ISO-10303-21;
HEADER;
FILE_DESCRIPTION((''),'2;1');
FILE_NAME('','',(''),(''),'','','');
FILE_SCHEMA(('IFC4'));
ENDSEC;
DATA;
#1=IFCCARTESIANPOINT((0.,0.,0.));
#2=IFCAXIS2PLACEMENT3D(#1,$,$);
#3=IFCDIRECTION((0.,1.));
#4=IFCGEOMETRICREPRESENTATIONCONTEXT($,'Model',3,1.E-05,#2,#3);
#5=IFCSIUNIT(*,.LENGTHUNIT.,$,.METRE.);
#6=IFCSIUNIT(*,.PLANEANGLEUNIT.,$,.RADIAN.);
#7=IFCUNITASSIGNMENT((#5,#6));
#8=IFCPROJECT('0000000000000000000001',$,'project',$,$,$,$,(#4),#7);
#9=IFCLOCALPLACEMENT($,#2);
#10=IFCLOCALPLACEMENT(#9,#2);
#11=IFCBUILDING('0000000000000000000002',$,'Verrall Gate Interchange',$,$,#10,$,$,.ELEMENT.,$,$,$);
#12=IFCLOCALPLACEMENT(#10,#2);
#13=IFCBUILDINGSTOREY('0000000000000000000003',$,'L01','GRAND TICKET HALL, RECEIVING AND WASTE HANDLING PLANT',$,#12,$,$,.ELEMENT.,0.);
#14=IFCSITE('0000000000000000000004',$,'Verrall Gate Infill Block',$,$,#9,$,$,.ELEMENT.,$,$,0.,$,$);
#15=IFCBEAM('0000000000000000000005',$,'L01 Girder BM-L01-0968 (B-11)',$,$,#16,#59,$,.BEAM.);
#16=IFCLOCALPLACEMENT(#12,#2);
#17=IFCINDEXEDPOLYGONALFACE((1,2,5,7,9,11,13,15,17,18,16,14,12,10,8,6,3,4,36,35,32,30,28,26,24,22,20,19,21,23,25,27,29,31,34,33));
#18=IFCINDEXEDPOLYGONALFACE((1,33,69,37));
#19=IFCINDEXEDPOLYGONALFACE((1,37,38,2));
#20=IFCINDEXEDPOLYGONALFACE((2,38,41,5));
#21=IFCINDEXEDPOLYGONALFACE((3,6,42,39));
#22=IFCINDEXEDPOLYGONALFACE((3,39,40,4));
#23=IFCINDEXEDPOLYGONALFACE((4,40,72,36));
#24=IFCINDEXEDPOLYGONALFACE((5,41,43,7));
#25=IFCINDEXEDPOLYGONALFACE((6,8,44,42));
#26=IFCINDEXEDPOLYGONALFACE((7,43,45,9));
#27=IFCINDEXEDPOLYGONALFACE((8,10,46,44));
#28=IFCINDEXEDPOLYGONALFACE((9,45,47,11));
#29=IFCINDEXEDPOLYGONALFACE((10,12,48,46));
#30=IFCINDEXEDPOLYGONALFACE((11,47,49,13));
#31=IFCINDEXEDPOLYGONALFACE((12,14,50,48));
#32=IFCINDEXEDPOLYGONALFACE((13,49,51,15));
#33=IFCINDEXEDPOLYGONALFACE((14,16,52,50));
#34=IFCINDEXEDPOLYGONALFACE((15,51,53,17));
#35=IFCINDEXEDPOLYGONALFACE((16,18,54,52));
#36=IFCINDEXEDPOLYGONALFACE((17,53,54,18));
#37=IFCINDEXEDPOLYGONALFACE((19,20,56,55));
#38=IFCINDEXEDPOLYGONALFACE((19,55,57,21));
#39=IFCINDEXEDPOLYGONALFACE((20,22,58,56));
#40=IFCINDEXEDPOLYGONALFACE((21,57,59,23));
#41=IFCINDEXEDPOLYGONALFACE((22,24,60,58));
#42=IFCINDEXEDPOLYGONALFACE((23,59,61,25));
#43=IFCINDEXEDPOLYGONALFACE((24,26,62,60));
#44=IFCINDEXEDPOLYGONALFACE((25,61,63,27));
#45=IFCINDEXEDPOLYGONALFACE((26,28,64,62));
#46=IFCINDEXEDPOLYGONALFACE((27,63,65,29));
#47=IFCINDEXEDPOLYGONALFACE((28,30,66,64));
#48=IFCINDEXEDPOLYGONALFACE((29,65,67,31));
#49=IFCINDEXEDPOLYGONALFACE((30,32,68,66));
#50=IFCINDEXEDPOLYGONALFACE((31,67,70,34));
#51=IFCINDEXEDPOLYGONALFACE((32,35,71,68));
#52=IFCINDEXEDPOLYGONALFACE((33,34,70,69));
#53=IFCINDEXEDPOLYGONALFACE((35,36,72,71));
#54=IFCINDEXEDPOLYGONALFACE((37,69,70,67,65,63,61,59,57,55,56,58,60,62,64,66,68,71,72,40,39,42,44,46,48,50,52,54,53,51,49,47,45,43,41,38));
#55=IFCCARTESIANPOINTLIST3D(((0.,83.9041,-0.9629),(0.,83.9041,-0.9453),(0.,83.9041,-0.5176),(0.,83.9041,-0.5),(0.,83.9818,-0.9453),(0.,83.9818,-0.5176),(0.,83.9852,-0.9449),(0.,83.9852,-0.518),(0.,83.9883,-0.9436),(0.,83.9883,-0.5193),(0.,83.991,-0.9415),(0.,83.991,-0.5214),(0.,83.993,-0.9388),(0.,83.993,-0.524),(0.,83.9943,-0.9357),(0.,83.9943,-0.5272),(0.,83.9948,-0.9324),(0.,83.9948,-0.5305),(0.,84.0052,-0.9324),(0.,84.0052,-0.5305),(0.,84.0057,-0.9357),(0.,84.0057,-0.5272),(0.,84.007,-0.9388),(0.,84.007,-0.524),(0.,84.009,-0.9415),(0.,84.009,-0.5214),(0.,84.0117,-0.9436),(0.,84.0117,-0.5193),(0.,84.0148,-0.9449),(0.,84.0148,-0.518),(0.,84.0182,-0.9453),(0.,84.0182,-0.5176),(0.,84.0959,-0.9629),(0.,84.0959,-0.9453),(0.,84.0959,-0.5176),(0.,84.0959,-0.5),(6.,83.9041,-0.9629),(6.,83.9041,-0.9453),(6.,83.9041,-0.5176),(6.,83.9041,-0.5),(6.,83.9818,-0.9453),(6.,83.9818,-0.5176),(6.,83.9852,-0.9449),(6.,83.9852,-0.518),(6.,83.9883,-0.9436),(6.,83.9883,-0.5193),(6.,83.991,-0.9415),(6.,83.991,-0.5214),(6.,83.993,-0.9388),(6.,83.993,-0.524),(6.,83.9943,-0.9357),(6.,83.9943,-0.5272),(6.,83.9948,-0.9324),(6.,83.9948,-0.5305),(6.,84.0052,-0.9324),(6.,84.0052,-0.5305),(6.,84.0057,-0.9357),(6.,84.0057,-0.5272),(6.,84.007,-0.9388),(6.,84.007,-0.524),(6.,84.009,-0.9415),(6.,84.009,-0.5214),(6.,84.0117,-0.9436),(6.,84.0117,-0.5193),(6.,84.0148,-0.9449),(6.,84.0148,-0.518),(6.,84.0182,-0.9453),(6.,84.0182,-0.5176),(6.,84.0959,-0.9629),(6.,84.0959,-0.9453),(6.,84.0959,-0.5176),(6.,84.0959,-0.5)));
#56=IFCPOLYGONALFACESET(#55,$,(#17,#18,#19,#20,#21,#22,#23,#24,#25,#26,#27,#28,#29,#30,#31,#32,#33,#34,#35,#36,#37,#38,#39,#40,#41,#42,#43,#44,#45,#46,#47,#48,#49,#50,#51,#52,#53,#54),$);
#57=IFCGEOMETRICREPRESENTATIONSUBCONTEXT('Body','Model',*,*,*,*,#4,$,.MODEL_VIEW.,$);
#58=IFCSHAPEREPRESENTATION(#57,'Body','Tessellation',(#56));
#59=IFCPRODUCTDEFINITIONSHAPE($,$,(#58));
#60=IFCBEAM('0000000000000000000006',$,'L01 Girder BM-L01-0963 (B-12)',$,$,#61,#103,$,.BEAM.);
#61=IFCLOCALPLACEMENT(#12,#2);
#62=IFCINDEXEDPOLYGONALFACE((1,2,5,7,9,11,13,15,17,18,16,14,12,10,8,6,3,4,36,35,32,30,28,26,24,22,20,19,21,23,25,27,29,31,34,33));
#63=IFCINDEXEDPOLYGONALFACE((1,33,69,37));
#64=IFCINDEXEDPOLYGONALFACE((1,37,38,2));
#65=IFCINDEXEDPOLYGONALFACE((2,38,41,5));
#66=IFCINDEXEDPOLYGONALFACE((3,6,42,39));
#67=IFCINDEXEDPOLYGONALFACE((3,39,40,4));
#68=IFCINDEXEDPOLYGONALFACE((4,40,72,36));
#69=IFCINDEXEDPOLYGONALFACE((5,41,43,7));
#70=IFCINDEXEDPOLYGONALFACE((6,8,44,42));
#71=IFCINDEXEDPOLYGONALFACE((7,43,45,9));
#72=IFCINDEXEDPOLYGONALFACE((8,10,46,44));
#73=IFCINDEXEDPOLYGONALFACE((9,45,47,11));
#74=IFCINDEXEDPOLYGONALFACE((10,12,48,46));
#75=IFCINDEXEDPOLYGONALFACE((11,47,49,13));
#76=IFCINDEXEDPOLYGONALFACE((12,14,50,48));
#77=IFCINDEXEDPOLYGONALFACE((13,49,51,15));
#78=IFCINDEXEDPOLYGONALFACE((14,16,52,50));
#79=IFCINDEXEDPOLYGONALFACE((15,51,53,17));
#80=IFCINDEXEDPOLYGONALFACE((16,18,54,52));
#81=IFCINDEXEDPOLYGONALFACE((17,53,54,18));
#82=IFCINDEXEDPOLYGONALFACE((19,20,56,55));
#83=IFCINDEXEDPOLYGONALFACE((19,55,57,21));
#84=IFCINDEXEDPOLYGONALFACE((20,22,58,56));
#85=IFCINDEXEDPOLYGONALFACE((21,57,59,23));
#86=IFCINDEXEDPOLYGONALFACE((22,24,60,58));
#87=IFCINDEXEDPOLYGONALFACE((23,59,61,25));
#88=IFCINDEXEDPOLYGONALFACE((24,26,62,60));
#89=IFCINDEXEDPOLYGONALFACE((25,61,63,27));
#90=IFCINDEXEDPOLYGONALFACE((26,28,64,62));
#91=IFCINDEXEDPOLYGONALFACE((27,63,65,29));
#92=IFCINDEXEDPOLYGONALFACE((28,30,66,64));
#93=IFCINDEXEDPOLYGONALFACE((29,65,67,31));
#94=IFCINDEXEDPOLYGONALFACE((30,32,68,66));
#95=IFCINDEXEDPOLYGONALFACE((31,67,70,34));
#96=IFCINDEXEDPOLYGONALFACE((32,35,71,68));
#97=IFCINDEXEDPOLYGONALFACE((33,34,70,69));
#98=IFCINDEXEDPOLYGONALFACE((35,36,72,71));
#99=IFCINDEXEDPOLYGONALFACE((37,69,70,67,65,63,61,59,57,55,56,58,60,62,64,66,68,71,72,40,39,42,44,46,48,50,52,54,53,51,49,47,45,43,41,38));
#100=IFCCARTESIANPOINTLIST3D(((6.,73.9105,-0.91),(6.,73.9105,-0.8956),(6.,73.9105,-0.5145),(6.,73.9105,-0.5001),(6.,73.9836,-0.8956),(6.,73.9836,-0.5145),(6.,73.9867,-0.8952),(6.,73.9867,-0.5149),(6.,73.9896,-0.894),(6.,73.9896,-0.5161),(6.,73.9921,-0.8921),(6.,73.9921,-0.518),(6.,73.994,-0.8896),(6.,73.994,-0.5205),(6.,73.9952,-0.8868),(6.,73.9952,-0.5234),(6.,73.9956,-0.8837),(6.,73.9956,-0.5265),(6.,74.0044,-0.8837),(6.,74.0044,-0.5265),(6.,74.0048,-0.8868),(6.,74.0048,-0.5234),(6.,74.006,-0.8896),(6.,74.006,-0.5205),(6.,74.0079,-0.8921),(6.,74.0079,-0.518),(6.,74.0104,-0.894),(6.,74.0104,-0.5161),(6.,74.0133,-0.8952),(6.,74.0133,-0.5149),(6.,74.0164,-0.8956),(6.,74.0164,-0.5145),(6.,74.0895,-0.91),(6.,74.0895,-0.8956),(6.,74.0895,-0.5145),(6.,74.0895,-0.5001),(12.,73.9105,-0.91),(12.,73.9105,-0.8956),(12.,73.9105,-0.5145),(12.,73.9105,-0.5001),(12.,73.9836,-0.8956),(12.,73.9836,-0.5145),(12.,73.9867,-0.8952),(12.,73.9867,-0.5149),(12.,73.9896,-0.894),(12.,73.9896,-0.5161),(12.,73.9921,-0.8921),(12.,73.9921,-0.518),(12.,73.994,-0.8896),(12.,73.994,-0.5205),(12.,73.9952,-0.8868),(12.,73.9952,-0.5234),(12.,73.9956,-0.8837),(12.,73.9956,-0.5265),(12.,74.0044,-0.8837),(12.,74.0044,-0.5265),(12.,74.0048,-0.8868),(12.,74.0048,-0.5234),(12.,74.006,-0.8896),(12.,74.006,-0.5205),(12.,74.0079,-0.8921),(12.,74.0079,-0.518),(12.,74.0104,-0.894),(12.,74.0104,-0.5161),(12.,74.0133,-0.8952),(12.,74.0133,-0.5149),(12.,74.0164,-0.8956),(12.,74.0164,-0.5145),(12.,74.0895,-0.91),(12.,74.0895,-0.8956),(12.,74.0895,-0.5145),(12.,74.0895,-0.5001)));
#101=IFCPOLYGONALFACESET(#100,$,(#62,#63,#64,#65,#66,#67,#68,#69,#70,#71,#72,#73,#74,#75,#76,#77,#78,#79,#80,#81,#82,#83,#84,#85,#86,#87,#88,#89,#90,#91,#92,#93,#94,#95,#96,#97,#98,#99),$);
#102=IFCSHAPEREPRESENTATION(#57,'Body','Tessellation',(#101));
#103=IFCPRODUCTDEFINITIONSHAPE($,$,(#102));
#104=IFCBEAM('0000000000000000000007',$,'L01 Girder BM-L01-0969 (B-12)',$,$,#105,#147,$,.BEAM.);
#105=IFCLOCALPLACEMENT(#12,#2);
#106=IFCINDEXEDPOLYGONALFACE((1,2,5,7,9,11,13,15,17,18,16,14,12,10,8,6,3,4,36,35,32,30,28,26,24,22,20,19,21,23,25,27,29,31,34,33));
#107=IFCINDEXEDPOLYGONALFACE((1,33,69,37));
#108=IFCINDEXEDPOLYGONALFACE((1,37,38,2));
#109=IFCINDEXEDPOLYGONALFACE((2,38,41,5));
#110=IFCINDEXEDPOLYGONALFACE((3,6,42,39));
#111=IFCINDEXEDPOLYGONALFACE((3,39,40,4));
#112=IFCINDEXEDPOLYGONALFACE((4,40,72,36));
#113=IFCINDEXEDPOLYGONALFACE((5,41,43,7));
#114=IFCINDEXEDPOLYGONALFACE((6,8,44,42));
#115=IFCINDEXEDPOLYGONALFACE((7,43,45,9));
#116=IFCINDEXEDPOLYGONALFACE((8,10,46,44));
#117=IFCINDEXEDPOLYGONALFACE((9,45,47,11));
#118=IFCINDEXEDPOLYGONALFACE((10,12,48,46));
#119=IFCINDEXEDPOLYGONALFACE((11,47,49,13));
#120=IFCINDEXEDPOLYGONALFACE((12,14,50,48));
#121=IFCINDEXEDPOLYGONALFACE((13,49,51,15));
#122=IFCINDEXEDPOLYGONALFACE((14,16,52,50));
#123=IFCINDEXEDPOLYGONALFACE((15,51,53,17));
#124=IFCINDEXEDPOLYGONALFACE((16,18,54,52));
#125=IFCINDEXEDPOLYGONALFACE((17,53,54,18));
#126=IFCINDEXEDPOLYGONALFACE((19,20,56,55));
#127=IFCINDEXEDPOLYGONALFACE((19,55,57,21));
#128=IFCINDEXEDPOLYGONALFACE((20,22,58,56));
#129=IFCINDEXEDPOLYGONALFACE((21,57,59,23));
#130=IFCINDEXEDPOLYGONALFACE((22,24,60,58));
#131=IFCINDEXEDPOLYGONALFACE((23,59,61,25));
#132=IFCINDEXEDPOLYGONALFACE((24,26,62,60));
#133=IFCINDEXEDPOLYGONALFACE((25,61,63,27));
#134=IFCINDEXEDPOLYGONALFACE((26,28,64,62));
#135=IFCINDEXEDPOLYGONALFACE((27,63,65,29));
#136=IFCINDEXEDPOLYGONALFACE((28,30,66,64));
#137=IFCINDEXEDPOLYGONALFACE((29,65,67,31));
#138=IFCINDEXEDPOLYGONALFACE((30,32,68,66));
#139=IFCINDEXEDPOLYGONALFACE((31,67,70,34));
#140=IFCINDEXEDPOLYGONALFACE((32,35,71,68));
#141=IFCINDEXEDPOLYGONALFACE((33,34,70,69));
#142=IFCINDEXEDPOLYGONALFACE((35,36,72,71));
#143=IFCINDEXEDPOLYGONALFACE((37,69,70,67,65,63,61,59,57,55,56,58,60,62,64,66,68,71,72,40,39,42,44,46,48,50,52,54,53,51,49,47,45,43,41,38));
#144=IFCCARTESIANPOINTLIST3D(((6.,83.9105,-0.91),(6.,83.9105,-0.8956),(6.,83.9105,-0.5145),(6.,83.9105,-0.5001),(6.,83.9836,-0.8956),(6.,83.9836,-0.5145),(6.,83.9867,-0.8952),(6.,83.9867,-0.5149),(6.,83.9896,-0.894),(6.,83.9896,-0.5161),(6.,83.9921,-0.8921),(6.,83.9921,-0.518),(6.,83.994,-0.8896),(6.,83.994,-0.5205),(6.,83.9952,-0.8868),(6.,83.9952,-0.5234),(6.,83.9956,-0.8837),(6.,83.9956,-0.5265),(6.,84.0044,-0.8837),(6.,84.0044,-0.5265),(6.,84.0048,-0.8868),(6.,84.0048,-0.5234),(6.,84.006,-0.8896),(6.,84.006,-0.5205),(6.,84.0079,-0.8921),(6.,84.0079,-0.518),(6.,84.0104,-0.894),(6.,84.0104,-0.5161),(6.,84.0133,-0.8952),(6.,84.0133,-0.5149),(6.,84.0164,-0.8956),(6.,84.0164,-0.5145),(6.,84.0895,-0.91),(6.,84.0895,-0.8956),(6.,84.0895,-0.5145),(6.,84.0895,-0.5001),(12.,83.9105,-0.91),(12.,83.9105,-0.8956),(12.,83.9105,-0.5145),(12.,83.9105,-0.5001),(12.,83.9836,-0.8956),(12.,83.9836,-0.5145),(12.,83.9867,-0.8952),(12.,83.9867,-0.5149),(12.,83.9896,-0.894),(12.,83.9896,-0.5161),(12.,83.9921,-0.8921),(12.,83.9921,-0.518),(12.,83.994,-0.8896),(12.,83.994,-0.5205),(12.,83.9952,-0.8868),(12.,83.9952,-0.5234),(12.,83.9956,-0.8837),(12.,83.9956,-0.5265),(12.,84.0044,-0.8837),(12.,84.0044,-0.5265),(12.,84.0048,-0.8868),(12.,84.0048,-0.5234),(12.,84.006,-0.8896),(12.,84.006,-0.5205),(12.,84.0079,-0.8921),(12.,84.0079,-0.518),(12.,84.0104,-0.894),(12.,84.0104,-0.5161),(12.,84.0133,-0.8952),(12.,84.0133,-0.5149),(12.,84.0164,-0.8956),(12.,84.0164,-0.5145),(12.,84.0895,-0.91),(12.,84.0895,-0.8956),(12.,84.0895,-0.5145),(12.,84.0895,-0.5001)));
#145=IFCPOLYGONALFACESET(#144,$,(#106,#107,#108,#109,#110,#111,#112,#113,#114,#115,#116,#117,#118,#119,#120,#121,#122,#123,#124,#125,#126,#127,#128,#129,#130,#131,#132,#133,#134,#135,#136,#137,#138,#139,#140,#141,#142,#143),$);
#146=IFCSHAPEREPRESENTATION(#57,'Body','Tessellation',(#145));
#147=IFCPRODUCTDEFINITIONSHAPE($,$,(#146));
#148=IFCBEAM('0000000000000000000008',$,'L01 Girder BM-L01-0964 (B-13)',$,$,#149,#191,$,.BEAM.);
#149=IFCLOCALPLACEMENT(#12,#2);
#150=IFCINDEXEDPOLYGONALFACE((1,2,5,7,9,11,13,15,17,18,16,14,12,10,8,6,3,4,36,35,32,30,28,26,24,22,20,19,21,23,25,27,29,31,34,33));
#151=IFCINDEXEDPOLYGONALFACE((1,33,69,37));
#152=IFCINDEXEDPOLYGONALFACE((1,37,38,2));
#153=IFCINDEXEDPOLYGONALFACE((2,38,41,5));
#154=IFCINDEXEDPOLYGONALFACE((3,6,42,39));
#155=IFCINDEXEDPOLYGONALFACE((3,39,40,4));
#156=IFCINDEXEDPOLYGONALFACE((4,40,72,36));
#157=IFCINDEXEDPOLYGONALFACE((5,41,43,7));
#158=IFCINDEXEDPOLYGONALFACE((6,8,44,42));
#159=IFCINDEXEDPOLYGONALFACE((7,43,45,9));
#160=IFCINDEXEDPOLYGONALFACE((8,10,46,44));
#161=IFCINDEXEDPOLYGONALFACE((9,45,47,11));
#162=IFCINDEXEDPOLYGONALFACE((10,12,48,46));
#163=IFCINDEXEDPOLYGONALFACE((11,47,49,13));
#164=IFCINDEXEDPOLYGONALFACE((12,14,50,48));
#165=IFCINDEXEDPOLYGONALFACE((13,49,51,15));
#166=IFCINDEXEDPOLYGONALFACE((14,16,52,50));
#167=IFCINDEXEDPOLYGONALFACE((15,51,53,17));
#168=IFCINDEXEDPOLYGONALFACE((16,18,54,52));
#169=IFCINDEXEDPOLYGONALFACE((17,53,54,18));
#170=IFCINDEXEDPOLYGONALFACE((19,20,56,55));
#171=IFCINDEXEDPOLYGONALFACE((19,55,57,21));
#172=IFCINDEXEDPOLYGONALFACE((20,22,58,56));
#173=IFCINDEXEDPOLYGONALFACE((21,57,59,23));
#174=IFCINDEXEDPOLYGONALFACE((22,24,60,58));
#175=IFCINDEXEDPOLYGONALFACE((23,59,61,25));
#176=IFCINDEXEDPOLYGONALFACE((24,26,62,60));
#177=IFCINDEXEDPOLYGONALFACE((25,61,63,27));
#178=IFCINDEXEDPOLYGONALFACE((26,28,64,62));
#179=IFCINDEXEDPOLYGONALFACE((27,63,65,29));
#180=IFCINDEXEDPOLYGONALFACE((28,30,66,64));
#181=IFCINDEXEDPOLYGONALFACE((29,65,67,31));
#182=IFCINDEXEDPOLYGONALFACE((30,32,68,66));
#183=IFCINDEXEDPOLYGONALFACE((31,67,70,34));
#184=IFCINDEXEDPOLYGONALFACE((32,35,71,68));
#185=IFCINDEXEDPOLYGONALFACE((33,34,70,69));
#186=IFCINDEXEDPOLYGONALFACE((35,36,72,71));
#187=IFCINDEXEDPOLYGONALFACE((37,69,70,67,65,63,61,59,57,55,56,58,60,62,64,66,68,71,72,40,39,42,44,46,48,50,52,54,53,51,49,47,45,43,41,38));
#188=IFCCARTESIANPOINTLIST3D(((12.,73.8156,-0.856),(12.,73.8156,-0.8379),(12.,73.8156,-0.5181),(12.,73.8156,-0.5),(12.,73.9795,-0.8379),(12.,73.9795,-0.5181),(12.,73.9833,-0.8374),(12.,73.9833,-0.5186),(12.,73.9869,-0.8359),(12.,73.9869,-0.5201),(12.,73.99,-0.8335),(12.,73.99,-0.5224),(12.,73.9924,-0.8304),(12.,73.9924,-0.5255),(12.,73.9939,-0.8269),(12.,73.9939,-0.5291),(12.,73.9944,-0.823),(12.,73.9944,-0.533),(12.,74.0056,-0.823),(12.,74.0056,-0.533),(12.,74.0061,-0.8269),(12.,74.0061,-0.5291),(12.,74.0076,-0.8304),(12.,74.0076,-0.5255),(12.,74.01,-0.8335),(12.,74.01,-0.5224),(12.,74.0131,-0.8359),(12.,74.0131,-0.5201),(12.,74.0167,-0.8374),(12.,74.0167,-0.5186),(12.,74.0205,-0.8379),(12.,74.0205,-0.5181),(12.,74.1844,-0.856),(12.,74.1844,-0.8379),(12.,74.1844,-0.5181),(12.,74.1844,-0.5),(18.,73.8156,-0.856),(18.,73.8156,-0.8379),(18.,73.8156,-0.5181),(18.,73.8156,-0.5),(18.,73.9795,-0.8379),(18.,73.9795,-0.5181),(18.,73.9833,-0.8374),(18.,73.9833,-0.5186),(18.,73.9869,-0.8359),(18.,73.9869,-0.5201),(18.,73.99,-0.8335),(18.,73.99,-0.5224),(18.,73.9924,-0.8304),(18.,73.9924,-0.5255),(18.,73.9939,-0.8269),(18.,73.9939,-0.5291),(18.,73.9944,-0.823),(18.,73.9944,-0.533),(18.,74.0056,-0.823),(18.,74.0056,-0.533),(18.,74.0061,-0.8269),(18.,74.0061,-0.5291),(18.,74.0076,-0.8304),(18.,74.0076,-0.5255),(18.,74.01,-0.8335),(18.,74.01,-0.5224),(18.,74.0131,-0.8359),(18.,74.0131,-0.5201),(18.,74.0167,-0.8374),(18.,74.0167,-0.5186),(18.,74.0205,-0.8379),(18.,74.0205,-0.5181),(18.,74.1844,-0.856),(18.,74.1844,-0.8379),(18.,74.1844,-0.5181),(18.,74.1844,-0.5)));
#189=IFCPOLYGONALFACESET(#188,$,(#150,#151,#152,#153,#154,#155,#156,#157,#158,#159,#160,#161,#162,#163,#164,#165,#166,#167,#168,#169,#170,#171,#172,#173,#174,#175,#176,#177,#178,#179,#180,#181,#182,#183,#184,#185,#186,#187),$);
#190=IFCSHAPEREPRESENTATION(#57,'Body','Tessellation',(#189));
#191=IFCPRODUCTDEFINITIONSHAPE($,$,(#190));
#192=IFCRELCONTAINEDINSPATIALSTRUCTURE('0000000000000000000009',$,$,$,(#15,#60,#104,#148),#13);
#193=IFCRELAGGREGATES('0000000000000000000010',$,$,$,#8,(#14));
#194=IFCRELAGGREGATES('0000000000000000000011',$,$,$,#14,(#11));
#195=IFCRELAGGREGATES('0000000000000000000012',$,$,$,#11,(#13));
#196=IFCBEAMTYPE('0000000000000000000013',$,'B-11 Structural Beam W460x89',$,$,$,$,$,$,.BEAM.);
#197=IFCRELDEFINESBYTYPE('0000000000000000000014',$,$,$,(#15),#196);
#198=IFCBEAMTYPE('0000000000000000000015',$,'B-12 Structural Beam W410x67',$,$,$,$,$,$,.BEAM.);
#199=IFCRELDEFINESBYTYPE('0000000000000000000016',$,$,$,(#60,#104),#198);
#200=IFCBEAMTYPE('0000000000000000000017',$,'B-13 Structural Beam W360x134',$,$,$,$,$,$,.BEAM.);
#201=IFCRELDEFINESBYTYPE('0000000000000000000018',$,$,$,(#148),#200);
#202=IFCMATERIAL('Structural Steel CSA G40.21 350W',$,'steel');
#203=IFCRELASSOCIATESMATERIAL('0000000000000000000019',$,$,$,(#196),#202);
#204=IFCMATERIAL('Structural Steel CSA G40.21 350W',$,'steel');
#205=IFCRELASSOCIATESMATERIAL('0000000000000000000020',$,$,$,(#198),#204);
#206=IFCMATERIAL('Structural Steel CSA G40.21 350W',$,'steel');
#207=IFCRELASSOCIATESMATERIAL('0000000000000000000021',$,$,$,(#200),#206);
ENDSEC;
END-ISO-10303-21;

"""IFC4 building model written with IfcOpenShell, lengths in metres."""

from ifc_helpers import new_model, si_unit, direction, frame, origin, origin_2d, place, context, subcontext, project, spatial, i_section, extrude, material, material_profile, profile_set, type_object, element, save


model = new_model("IFC4")

# Units and contexts
model_context = context("Model", 3, precision=1e-05, world=origin(), true_north=direction((0.0, 1.0)))
body_context = subcontext(model_context, "Body", "Model", "MODEL_VIEW")
ifc_project = project(units=[si_unit("LENGTHUNIT", "METRE"), si_unit("PLANEANGLEUNIT", "RADIAN")], contexts=[model_context])

# Site, building, storey
site_placement = place(None, origin())
site = spatial("IfcSite", under=ifc_project, at=site_placement, Name="Verrall Gate Infill Block", CompositionType="ELEMENT", RefElevation=0.0)
building_placement = place(site_placement, origin())
building = spatial("IfcBuilding", under=site, at=building_placement, Name="Verrall Gate Interchange", CompositionType="ELEMENT")
storey_placement = place(building_placement, origin())
storey = spatial("IfcBuildingStorey", under=building, at=storey_placement, Name="L01", Description="GRAND TICKET HALL, RECEIVING AND WASTE HANDLING PLANT", CompositionType="ELEMENT", Elevation=0.0)

# Beams
ifc_material_1 = material(Name="Structural Steel CSA G40.21 350W", Category="steel")
ifc_material_profile_1 = material_profile(ifc_material_1, i_section(OverallWidth=0.1919, OverallDepth=0.4629, WebThickness=0.0105, FlangeThickness=0.0176, FilletRadius=0.0129, at=origin_2d()), Name="W460x89")
ifc_profile_set_1 = profile_set([ifc_material_profile_1], Name="Structural Steel CSA G40.21 350W")
beam_type_1 = type_object("IfcBeamType", Name="B-11 Structural Beam W460x89", PredefinedType="BEAM", material=ifc_profile_set_1)
for number, where, z_axis, x_axis, name in (
    (1, (0.0, 84.0, -0.7314), (1.0, 0.0, 0.0), (0.0, 1.0, 0.0), "L01 Girder BM-L01-0968 (B-11)"),
):
    element("IfcBeam", number, at=place(storey_placement, frame(where, z_axis=z_axis, x_axis=x_axis)), inside=storey, type_object=beam_type_1, Name=name, PredefinedType="BEAM", context=body_context, shape_type="SweptSolid", body=[
        extrude(i_section(OverallWidth=0.1919, OverallDepth=0.4629, WebThickness=0.0105, FlangeThickness=0.0176, FilletRadius=0.0129, at=origin_2d()), origin(), (0.0, 0.0, 1.0), 6.0),
    ])
ifc_material_2 = material(Name="Structural Steel CSA G40.21 350W", Category="steel")
ifc_material_profile_2 = material_profile(ifc_material_2, i_section(OverallWidth=0.179, OverallDepth=0.4099, WebThickness=0.0088, FlangeThickness=0.0144, FilletRadius=0.012, at=origin_2d()), Name="W410x67")
ifc_profile_set_2 = profile_set([ifc_material_profile_2], Name="Structural Steel CSA G40.21 350W")
beam_type_2 = type_object("IfcBeamType", Name="B-12 Structural Beam W410x67", PredefinedType="BEAM", material=ifc_profile_set_2)
for number, where, z_axis, x_axis, name in (
    (2, (6.0, 74.0, -0.7051), (1.0, 0.0, 0.0), (0.0, 1.0, 0.0), "L01 Girder BM-L01-0963 (B-12)"),
    (3, (6.0, 84.0, -0.7051), (1.0, 0.0, 0.0), (0.0, 1.0, 0.0), "L01 Girder BM-L01-0969 (B-12)"),
):
    element("IfcBeam", number, at=place(storey_placement, frame(where, z_axis=z_axis, x_axis=x_axis)), inside=storey, type_object=beam_type_2, Name=name, PredefinedType="BEAM", context=body_context, shape_type="SweptSolid", body=[
        extrude(i_section(OverallWidth=0.179, OverallDepth=0.4099, WebThickness=0.0088, FlangeThickness=0.0144, FilletRadius=0.012, at=origin_2d()), origin(), (0.0, 0.0, 1.0), 6.0),
    ])
ifc_material_3 = material(Name="Structural Steel CSA G40.21 350W", Category="steel")
ifc_material_profile_3 = material_profile(ifc_material_3, i_section(OverallWidth=0.3689, OverallDepth=0.356, WebThickness=0.0112, FlangeThickness=0.0181, FilletRadius=0.0149, at=origin_2d()), Name="W360x134")
ifc_profile_set_3 = profile_set([ifc_material_profile_3], Name="Structural Steel CSA G40.21 350W")
beam_type_3 = type_object("IfcBeamType", Name="B-13 Structural Beam W360x134", PredefinedType="BEAM", material=ifc_profile_set_3)
beam_1_placement = place(storey_placement, frame((12.0, 74.0, -0.678), z_axis=(1.0, 0.0, 0.0), x_axis=(0.0, 1.0, 0.0)))
element("IfcBeam", 4, at=beam_1_placement, inside=storey, type_object=beam_type_3, Name="L01 Girder BM-L01-0964 (B-13)", PredefinedType="BEAM", context=body_context, shape_type="SweptSolid", body=[
    extrude(i_section(OverallWidth=0.3689, OverallDepth=0.356, WebThickness=0.0112, FlangeThickness=0.0181, FilletRadius=0.0149, at=origin_2d()), origin(), (0.0, 0.0, 1.0), 6.0),
])

save(model, "model.ifc")
